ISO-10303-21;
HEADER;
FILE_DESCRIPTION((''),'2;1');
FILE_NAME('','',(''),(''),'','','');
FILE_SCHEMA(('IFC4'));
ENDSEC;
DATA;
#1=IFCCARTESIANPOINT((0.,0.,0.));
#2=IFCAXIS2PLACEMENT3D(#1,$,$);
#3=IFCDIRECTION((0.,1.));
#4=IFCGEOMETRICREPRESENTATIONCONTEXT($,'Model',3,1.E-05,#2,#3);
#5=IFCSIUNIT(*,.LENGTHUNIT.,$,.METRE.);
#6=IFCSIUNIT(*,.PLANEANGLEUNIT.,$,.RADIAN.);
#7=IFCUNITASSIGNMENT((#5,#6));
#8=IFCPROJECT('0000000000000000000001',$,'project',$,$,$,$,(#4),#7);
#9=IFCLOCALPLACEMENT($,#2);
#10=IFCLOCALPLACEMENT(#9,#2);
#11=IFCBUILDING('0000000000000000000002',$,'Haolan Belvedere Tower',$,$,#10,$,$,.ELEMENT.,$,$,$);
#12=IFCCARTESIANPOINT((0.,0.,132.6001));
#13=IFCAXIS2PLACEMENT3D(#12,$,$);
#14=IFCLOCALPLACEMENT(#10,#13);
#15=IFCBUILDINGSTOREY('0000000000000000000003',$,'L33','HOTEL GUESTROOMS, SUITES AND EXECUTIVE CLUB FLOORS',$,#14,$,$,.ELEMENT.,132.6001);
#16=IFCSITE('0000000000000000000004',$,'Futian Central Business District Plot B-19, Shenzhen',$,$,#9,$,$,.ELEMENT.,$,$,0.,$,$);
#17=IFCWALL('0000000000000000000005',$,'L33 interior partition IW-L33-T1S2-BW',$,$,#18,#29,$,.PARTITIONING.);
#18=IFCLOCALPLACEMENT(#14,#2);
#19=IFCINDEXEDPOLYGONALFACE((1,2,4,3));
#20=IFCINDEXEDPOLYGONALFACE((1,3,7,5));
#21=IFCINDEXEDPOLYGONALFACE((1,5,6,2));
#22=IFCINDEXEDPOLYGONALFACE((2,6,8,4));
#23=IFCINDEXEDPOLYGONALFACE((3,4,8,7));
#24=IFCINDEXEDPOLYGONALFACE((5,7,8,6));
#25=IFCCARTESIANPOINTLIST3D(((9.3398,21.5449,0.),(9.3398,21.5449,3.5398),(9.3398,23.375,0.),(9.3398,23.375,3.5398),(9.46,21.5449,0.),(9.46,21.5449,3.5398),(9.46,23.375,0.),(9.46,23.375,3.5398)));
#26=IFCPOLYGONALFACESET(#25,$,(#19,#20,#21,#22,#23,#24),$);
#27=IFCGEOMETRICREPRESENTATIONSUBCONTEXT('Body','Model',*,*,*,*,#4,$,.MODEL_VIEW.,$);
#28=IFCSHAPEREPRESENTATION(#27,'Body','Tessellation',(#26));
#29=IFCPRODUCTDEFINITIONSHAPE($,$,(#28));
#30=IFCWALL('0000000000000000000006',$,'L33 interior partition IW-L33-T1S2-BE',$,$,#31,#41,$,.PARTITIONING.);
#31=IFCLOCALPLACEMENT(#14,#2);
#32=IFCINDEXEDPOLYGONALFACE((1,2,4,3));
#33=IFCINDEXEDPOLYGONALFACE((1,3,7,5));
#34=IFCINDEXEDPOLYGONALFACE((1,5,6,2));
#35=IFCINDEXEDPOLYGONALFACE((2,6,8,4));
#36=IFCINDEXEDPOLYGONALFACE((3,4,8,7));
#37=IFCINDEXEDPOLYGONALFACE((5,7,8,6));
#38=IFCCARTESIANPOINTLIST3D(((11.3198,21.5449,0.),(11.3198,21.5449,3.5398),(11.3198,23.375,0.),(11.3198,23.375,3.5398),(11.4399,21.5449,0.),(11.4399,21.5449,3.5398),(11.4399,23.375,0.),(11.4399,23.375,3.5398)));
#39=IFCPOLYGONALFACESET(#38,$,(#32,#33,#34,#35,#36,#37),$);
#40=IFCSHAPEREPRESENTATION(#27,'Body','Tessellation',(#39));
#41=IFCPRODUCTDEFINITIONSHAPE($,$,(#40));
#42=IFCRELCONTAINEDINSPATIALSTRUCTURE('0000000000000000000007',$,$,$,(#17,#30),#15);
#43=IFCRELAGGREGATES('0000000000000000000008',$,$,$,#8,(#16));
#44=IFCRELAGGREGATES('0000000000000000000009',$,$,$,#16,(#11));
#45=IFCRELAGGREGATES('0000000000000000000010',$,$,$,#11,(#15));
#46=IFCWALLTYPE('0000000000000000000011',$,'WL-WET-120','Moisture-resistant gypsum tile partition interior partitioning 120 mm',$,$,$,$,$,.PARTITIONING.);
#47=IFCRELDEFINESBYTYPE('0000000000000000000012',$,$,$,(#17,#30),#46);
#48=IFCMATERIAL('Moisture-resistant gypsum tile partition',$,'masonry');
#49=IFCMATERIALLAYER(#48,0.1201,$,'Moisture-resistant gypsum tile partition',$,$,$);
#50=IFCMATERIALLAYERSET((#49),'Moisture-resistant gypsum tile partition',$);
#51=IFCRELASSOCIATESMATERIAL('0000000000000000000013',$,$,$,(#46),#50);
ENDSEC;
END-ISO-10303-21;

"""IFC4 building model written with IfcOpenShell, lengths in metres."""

from ifc_helpers import new_model, si_unit, direction, frame, frame_2d, origin, place, context, subcontext, project, spatial, rectangle, extrude, material, layer, layer_set, type_object, element, save


model = new_model("IFC4")

# Units and contexts
model_context = context("Model", 3, precision=1e-05, world=origin(), true_north=direction((0.0, 1.0)))
body_context = subcontext(model_context, "Body", "Model", "MODEL_VIEW")
ifc_project = project(units=[si_unit("LENGTHUNIT", "METRE"), si_unit("PLANEANGLEUNIT", "RADIAN")], contexts=[model_context])

# Site, building, storey
site_placement = place(None, origin())
site = spatial("IfcSite", under=ifc_project, at=site_placement, Name="Futian Central Business District Plot B-19, Shenzhen", CompositionType="ELEMENT", RefElevation=0.0)
building_placement = place(site_placement, origin())
building = spatial("IfcBuilding", under=site, at=building_placement, Name="Haolan Belvedere Tower", CompositionType="ELEMENT")
storey_placement = place(building_placement, frame((0.0, 0.0, 132.6001)))
storey = spatial("IfcBuildingStorey", under=building, at=storey_placement, Name="L33", Description="HOTEL GUESTROOMS, SUITES AND EXECUTIVE CLUB FLOORS", CompositionType="ELEMENT", Elevation=132.6001)

# Shared definitions
ifc_material_1 = material(Name="Moisture-resistant gypsum tile partition", Category="masonry")
ifc_layer_1 = layer(ifc_material_1, 0.1201, Name="Moisture-resistant gypsum tile partition")
ifc_layer_set_1 = layer_set([ifc_layer_1], Name="Moisture-resistant gypsum tile partition")
wall_type_1 = type_object("IfcWallType", Name="WL-WET-120", Description="Moisture-resistant gypsum tile partition interior partitioning 120 mm", PredefinedType="PARTITIONING", material=ifc_layer_set_1)

# Walls
for number, where, z_axis, x_axis, name in (
    (1, (9.3999, 21.5449, 0.0), (0.0, 0.0, 1.0), (0.0, 1.0, 0.0), "L33 interior partition IW-L33-T1S2-BW"),
    (2, (11.3799, 21.5449, 0.0), (0.0, 0.0, 1.0), (0.0, 1.0, 0.0), "L33 interior partition IW-L33-T1S2-BE"),
):
    element("IfcWall", number, at=place(storey_placement, frame(where, z_axis=z_axis, x_axis=x_axis)), inside=storey, type_object=wall_type_1, Name=name, PredefinedType="PARTITIONING", context=body_context, shape_type="SweptSolid", body=[
        extrude(rectangle(XDim=1.8301, YDim=0.1201, at=frame_2d((0.915, 0.0))), origin(), (0.0, 0.0, 1.0), 3.5398),
    ])

save(model, "model.ifc")
